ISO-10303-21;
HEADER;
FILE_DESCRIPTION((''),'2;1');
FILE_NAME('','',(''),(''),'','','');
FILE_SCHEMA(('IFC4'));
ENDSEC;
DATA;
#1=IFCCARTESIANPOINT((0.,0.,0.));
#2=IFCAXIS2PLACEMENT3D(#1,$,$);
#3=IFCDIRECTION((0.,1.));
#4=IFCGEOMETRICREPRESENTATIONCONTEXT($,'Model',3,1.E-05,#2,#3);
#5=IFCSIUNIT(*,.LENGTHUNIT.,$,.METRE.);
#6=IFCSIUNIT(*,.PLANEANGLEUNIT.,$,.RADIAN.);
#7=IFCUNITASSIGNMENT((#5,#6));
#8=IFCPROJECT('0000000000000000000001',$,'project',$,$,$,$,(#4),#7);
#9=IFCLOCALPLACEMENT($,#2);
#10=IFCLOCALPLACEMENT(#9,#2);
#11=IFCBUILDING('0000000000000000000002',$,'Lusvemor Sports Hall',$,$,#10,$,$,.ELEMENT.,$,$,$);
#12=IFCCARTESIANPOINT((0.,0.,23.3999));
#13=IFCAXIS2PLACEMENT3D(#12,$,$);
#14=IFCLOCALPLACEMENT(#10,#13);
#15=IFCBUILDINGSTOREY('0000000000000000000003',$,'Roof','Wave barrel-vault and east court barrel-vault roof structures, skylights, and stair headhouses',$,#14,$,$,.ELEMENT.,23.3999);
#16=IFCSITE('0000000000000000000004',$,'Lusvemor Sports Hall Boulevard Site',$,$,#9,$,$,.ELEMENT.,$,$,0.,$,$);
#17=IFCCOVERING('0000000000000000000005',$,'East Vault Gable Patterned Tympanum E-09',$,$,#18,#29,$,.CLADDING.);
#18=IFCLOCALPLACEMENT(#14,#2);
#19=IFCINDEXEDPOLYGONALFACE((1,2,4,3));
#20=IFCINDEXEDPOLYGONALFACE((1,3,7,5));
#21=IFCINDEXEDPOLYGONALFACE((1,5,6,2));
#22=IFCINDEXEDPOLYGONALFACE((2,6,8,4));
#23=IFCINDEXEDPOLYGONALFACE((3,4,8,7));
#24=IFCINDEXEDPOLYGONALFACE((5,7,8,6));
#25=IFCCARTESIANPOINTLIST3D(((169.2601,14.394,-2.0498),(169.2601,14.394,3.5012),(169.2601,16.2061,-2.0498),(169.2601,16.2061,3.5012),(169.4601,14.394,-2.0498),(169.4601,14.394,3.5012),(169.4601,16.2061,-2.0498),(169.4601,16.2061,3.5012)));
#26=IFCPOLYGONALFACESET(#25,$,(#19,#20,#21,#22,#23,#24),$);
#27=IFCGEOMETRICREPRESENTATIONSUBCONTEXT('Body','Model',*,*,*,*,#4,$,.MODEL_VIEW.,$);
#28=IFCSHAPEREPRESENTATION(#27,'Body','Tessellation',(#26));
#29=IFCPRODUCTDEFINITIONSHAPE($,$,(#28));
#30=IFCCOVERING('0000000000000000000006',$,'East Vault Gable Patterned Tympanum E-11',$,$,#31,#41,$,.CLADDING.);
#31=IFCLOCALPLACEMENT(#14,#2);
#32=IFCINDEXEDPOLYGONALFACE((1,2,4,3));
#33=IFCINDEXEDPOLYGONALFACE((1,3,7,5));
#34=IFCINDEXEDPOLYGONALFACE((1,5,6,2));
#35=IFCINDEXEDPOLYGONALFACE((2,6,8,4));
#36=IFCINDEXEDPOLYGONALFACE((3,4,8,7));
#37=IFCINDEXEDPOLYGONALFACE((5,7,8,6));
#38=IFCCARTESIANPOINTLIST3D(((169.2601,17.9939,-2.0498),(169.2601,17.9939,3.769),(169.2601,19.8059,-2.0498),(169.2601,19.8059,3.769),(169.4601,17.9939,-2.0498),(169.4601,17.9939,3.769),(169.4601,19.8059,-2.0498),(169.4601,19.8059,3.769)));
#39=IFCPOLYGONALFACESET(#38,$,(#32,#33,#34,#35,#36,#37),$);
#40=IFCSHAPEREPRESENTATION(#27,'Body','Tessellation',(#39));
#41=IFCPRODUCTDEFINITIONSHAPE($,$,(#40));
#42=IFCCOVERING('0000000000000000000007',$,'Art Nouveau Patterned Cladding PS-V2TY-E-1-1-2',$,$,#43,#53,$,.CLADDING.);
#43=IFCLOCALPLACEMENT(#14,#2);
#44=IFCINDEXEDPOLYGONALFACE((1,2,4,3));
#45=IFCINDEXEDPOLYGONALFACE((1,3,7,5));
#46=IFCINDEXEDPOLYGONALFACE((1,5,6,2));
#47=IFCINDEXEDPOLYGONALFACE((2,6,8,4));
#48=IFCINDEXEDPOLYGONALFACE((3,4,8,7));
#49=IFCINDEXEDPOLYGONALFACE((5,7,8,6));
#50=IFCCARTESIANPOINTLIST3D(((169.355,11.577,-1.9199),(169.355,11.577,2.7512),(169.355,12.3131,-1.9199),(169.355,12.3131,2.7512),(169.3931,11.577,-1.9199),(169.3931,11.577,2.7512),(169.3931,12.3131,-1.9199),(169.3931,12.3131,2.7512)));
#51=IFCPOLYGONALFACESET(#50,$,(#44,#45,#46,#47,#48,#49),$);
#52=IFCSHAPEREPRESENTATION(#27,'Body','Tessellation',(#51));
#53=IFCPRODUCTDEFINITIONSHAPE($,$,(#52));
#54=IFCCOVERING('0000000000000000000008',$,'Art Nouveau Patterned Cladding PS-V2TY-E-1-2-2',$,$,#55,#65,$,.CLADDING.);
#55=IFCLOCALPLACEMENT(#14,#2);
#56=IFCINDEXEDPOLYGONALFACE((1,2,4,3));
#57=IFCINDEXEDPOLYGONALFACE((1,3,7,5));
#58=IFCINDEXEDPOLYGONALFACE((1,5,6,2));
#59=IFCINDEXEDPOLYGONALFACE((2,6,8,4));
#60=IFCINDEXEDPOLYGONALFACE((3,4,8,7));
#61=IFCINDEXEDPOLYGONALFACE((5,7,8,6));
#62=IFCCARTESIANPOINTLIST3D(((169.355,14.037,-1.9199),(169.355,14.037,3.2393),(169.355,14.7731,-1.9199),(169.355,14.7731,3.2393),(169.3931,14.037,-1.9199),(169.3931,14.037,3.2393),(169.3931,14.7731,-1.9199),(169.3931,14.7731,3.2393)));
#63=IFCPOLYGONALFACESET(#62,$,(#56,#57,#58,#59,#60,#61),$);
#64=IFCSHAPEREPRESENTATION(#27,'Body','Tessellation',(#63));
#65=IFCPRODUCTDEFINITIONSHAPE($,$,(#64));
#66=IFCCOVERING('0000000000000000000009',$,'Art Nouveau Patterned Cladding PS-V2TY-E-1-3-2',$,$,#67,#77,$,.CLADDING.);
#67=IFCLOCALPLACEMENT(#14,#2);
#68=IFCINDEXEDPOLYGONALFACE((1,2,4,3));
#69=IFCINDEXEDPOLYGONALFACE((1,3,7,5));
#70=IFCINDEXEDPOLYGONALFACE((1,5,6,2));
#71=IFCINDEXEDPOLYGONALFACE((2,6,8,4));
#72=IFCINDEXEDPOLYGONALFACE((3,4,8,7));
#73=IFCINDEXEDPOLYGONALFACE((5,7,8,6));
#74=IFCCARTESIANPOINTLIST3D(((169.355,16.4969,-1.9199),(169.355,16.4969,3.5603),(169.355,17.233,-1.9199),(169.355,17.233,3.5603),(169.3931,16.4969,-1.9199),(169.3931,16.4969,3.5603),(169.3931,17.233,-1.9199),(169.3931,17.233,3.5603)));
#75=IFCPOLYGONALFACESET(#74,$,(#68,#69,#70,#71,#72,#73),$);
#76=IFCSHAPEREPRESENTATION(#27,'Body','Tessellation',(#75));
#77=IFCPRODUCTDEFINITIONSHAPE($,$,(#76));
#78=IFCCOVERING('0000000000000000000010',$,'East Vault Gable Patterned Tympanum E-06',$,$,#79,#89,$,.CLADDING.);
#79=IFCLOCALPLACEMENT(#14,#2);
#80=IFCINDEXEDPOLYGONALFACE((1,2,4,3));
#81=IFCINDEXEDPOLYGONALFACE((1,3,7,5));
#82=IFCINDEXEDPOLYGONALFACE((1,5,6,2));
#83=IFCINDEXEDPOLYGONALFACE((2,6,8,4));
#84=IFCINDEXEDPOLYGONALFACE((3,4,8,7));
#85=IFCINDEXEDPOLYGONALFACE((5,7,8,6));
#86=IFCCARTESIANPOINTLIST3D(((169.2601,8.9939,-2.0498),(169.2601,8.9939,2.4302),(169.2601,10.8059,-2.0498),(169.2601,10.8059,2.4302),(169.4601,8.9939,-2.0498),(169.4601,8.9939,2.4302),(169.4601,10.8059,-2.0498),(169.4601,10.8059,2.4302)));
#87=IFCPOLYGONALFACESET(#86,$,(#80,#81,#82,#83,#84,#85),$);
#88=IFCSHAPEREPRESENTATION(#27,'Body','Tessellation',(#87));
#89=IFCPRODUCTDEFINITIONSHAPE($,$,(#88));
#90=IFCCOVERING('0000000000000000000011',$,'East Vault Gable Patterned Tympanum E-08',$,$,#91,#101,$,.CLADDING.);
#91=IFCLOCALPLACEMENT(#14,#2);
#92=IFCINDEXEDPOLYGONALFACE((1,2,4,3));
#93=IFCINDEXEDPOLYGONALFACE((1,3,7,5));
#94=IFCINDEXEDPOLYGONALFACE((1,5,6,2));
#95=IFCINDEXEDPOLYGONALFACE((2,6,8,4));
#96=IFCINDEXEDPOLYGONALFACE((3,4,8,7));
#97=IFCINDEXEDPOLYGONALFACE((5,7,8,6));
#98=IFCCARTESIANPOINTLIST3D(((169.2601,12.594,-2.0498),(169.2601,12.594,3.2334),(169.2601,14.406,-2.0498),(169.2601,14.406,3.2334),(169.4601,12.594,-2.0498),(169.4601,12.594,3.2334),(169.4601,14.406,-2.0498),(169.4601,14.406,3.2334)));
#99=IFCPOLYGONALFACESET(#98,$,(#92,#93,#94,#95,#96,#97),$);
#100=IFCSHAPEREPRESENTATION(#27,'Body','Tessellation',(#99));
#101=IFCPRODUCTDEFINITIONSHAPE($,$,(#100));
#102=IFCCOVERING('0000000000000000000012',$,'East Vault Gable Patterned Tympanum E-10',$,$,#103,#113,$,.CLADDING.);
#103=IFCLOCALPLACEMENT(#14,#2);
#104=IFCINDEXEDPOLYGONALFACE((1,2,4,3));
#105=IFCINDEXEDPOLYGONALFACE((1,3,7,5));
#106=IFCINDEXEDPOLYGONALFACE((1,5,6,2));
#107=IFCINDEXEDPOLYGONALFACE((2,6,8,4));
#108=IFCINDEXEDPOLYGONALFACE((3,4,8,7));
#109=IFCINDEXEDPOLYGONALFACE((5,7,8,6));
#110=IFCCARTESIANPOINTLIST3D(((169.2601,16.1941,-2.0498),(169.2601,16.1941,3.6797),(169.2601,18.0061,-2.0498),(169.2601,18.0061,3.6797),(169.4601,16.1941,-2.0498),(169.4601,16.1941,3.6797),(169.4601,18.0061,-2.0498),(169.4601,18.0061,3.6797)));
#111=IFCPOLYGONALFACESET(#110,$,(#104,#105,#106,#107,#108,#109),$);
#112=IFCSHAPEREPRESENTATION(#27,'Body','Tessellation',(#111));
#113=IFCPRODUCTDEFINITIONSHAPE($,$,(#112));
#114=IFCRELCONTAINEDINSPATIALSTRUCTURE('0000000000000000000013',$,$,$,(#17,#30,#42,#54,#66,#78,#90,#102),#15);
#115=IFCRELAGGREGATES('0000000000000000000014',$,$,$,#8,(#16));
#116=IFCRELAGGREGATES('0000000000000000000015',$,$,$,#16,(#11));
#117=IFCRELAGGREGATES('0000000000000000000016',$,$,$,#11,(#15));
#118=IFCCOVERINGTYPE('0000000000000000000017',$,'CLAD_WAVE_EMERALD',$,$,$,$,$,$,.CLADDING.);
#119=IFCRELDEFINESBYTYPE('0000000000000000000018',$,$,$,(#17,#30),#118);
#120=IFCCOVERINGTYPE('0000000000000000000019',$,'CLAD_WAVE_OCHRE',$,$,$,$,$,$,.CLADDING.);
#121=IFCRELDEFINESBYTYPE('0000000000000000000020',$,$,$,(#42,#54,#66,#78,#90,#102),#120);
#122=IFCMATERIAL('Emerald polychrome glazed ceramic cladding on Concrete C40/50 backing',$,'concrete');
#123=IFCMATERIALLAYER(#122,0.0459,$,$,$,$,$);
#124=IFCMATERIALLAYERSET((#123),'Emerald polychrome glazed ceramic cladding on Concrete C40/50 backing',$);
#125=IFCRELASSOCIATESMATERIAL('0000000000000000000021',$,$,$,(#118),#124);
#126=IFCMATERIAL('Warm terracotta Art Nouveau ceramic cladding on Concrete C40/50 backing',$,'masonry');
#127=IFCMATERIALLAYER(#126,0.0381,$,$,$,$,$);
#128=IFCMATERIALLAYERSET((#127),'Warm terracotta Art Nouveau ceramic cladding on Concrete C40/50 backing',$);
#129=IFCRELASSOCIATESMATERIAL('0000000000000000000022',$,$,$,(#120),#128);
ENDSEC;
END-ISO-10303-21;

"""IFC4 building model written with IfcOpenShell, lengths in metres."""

from ifc_helpers import new_model, si_unit, direction, frame, origin, origin_2d, place, context, subcontext, project, spatial, rectangle, extrude, material, layer, layer_set, type_object, element, save


model = new_model("IFC4")

# Units and contexts
model_context = context("Model", 3, precision=1e-05, world=origin(), true_north=direction((0.0, 1.0)))
body_context = subcontext(model_context, "Body", "Model", "MODEL_VIEW")
ifc_project = project(units=[si_unit("LENGTHUNIT", "METRE"), si_unit("PLANEANGLEUNIT", "RADIAN")], contexts=[model_context])

# Site, building, storey
site_placement = place(None, origin())
site = spatial("IfcSite", under=ifc_project, at=site_placement, Name="Lusvemor Sports Hall Boulevard Site", CompositionType="ELEMENT", RefElevation=0.0)
building_placement = place(site_placement, origin())
building = spatial("IfcBuilding", under=site, at=building_placement, Name="Lusvemor Sports Hall", CompositionType="ELEMENT")
storey_placement = place(building_placement, frame((0.0, 0.0, 23.3999)))
storey = spatial("IfcBuildingStorey", under=building, at=storey_placement, Name="Roof", Description="Wave barrel-vault and east court barrel-vault roof structures, skylights, and stair headhouses", CompositionType="ELEMENT", Elevation=23.3999)

# Coverings
ifc_material_1 = material(Name="Emerald polychrome glazed ceramic cladding on Concrete C40/50 backing", Category="concrete")
ifc_layer_1 = layer(ifc_material_1, 0.0459)
ifc_layer_set_1 = layer_set([ifc_layer_1], Name="Emerald polychrome glazed ceramic cladding on Concrete C40/50 backing")
covering_type_1 = type_object("IfcCoveringType", Name="CLAD_WAVE_EMERALD", PredefinedType="CLADDING", material=ifc_layer_set_1)
covering_1_placement = place(storey_placement, frame((169.3601, 15.3, -2.0498), z_axis=(0.0, 0.0, 1.0), x_axis=(1.0, 0.0, 0.0)))
element("IfcCovering", 1, at=covering_1_placement, inside=storey, type_object=covering_type_1, Name="East Vault Gable Patterned Tympanum E-09", PredefinedType="CLADDING", context=body_context, shape_type="SweptSolid", body=[
    extrude(rectangle(XDim=0.2, YDim=1.812, at=origin_2d()), origin(), (0.0, 0.0, 1.0), 5.551),
])
covering_2_placement = place(storey_placement, frame((169.3601, 18.8999, -2.0498), z_axis=(0.0, 0.0, 1.0), x_axis=(1.0, 0.0, 0.0)))
element("IfcCovering", 2, at=covering_2_placement, inside=storey, type_object=covering_type_1, Name="East Vault Gable Patterned Tympanum E-11", PredefinedType="CLADDING", context=body_context, shape_type="SweptSolid", body=[
    extrude(rectangle(XDim=0.2, YDim=1.812, at=origin_2d()), origin(), (0.0, 0.0, 1.0), 5.8188),
])
ifc_material_2 = material(Name="Warm terracotta Art Nouveau ceramic cladding on Concrete C40/50 backing", Category="masonry")
ifc_layer_2 = layer(ifc_material_2, 0.0381)
ifc_layer_set_2 = layer_set([ifc_layer_2], Name="Warm terracotta Art Nouveau ceramic cladding on Concrete C40/50 backing")
covering_type_2 = type_object("IfcCoveringType", Name="CLAD_WAVE_OCHRE", PredefinedType="CLADDING", material=ifc_layer_set_2)
covering_3_placement = place(storey_placement, frame((169.374, 11.9451, -1.9199), z_axis=(0.0, 0.0, 1.0), x_axis=(1.0, 0.0, 0.0)))
element("IfcCovering", 3, at=covering_3_placement, inside=storey, type_object=covering_type_2, Name="Art Nouveau Patterned Cladding PS-V2TY-E-1-1-2", PredefinedType="CLADDING", context=body_context, shape_type="SweptSolid", body=[
    extrude(rectangle(XDim=0.0381, YDim=0.7361, at=origin_2d()), origin(), (0.0, 0.0, 1.0), 4.6711),
])
covering_4_placement = place(storey_placement, frame((169.374, 14.405, -1.9199), z_axis=(0.0, 0.0, 1.0), x_axis=(1.0, 0.0, 0.0)))
element("IfcCovering", 4, at=covering_4_placement, inside=storey, type_object=covering_type_2, Name="Art Nouveau Patterned Cladding PS-V2TY-E-1-2-2", PredefinedType="CLADDING", context=body_context, shape_type="SweptSolid", body=[
    extrude(rectangle(XDim=0.0381, YDim=0.7361, at=origin_2d()), origin(), (0.0, 0.0, 1.0), 5.1592),
])
covering_5_placement = place(storey_placement, frame((169.374, 16.865, -1.9199), z_axis=(0.0, 0.0, 1.0), x_axis=(1.0, 0.0, 0.0)))
element("IfcCovering", 5, at=covering_5_placement, inside=storey, type_object=covering_type_2, Name="Art Nouveau Patterned Cladding PS-V2TY-E-1-3-2", PredefinedType="CLADDING", context=body_context, shape_type="SweptSolid", body=[
    extrude(rectangle(XDim=0.0381, YDim=0.7361, at=origin_2d()), origin(), (0.0, 0.0, 1.0), 5.4802),
])
covering_6_placement = place(storey_placement, frame((169.3601, 9.8999, -2.0498), z_axis=(0.0, 0.0, 1.0), x_axis=(1.0, 0.0, 0.0)))
element("IfcCovering", 6, at=covering_6_placement, inside=storey, type_object=covering_type_2, Name="East Vault Gable Patterned Tympanum E-06", PredefinedType="CLADDING", context=body_context, shape_type="SweptSolid", body=[
    extrude(rectangle(XDim=0.2, YDim=1.812, at=origin_2d()), origin(), (0.0, 0.0, 1.0), 4.48),
])
covering_7_placement = place(storey_placement, frame((169.3601, 13.5, -2.0498), z_axis=(0.0, 0.0, 1.0), x_axis=(1.0, 0.0, 0.0)))
element("IfcCovering", 7, at=covering_7_placement, inside=storey, type_object=covering_type_2, Name="East Vault Gable Patterned Tympanum E-08", PredefinedType="CLADDING", context=body_context, shape_type="SweptSolid", body=[
    extrude(rectangle(XDim=0.2, YDim=1.812, at=origin_2d()), origin(), (0.0, 0.0, 1.0), 5.2832),
])
covering_8_placement = place(storey_placement, frame((169.3601, 17.1001, -2.0498), z_axis=(0.0, 0.0, 1.0), x_axis=(1.0, 0.0, 0.0)))
element("IfcCovering", 8, at=covering_8_placement, inside=storey, type_object=covering_type_2, Name="East Vault Gable Patterned Tympanum E-10", PredefinedType="CLADDING", context=body_context, shape_type="SweptSolid", body=[
    extrude(rectangle(XDim=0.2, YDim=1.812, at=origin_2d()), origin(), (0.0, 0.0, 1.0), 5.7295),
])

save(model, "model.ifc")
